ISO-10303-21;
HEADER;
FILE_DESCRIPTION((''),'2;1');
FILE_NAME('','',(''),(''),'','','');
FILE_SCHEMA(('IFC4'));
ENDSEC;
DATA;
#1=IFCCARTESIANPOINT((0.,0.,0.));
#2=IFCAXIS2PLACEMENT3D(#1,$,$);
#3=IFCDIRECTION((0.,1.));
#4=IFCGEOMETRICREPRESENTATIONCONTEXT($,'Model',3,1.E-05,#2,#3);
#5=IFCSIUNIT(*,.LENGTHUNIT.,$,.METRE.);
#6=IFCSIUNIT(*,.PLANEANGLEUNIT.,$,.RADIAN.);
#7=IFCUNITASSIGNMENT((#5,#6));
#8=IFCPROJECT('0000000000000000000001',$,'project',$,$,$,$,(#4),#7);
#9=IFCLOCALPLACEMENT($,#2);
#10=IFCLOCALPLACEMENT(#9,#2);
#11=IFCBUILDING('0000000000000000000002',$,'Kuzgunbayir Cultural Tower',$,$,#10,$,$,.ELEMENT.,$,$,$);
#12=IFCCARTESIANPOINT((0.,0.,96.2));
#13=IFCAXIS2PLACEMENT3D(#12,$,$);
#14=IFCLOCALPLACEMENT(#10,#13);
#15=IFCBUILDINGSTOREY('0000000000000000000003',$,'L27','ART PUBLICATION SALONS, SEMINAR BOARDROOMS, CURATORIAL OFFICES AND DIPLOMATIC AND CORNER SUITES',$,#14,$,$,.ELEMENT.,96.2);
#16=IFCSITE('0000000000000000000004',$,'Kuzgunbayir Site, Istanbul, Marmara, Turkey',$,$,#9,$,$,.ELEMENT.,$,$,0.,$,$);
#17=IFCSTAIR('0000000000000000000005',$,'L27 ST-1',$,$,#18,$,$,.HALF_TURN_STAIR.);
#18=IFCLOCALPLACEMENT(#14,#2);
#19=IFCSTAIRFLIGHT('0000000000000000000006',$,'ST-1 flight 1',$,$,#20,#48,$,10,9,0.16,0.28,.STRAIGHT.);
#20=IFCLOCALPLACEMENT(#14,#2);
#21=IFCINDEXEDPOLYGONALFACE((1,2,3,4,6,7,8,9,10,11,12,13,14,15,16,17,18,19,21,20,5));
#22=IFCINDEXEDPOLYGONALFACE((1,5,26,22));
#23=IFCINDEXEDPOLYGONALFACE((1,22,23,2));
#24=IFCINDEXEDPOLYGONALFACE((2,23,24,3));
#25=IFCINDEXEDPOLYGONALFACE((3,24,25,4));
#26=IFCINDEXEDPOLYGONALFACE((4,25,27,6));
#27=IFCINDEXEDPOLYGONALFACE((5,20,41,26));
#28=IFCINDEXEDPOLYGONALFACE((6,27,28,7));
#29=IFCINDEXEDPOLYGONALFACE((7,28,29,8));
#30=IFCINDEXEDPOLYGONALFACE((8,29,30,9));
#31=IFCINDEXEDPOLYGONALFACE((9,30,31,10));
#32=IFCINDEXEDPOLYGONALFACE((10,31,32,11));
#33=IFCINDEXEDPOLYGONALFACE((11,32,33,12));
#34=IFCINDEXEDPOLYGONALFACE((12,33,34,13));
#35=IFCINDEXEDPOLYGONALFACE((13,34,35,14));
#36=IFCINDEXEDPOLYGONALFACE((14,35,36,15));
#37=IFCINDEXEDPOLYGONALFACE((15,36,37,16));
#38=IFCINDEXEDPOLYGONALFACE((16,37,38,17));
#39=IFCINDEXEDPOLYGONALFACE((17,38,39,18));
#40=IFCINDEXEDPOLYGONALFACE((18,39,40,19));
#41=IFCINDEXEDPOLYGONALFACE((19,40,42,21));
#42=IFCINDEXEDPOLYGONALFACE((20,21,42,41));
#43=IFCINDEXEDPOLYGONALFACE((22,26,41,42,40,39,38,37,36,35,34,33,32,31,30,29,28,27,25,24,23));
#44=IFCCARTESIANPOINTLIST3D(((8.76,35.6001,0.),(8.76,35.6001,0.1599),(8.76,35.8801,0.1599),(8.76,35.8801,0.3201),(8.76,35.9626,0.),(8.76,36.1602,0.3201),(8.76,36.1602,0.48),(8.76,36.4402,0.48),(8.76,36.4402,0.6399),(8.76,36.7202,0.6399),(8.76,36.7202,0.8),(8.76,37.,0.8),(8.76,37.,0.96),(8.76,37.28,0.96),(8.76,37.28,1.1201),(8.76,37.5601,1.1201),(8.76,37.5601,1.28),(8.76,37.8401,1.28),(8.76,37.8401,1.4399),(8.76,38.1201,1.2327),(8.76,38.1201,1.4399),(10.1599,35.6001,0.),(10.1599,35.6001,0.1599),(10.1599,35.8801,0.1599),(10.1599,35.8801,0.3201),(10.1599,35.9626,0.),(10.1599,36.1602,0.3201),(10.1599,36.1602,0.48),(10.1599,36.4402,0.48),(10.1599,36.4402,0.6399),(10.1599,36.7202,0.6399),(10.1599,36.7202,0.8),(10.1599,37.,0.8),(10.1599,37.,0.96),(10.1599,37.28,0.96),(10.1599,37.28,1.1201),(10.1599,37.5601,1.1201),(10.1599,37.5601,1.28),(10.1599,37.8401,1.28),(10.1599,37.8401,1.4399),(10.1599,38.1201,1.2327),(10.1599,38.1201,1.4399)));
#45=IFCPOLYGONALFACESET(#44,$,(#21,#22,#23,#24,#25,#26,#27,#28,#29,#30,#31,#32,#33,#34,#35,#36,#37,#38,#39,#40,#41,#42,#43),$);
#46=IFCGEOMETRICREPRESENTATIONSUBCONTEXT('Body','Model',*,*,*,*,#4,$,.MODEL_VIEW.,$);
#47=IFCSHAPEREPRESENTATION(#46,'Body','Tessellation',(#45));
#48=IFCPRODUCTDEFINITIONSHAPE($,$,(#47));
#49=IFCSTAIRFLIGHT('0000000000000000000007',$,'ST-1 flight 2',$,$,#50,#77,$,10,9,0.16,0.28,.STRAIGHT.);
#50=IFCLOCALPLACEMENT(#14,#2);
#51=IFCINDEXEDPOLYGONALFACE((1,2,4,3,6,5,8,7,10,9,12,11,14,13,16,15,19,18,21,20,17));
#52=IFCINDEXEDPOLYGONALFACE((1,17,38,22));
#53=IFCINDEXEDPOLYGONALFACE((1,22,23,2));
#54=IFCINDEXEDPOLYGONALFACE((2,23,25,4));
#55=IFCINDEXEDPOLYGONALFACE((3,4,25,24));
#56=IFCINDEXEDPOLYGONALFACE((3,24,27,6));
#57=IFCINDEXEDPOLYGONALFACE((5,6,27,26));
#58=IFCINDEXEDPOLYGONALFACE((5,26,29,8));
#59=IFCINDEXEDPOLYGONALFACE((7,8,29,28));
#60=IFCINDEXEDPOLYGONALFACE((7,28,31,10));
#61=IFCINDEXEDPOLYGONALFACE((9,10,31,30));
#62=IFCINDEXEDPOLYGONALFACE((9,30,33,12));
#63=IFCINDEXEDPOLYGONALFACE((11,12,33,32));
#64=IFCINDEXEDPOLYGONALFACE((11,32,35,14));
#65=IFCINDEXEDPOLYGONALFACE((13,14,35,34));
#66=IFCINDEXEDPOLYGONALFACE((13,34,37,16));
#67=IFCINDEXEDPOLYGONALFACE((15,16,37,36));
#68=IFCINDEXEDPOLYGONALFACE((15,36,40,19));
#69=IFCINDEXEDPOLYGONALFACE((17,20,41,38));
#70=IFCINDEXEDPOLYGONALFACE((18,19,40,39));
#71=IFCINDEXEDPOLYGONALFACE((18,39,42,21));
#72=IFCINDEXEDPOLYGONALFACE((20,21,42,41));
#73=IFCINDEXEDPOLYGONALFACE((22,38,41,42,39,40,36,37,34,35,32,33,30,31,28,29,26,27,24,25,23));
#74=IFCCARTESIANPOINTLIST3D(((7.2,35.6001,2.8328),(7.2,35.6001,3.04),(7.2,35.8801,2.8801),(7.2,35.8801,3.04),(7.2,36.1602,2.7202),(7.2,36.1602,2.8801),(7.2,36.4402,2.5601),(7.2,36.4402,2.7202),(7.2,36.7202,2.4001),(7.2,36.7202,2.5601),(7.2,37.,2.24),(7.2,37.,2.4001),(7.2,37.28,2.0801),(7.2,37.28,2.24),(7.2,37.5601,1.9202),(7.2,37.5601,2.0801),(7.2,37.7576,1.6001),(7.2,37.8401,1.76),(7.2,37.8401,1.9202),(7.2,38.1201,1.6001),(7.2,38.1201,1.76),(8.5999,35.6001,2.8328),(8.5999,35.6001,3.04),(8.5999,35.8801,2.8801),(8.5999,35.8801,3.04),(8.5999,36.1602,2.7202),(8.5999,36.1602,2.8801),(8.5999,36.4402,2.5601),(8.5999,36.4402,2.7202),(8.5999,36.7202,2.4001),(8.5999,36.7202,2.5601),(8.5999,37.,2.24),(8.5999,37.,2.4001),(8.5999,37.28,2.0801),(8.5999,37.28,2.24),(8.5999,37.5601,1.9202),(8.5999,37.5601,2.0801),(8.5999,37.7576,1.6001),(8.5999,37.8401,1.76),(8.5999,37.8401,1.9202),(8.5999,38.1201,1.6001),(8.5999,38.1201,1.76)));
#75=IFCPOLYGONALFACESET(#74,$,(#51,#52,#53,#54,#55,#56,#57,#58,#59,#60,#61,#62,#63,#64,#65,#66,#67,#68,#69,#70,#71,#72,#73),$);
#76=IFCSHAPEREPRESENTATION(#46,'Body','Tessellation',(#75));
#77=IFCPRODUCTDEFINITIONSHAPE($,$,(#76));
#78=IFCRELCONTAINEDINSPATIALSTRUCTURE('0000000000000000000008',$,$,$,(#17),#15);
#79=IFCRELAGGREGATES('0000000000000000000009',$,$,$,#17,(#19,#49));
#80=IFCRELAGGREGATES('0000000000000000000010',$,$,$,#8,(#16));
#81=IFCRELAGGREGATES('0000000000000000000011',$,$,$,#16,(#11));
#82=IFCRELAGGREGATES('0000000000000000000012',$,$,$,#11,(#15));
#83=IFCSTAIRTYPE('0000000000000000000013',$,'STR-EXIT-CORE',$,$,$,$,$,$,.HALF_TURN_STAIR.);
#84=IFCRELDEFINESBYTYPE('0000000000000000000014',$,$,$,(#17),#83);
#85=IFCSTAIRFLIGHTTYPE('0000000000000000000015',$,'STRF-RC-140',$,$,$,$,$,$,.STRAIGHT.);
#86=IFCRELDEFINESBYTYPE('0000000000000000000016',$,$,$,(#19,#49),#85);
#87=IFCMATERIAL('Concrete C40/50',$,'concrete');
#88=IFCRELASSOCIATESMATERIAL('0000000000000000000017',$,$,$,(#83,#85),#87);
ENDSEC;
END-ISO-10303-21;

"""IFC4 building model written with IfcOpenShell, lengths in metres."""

from ifc_helpers import new_model, si_unit, direction, frame, origin, place, context, subcontext, project, spatial, polyline, outline, extrude, material, type_object, element, aggregate, save


model = new_model("IFC4")

# Units and contexts
model_context = context("Model", 3, precision=1e-05, world=origin(), true_north=direction((0.0, 1.0)))
body_context = subcontext(model_context, "Body", "Model", "MODEL_VIEW")
ifc_project = project(units=[si_unit("LENGTHUNIT", "METRE"), si_unit("PLANEANGLEUNIT", "RADIAN")], contexts=[model_context])

# Site, building, storey
site_placement = place(None, origin())
site = spatial("IfcSite", under=ifc_project, at=site_placement, Name="Kuzgunbayir Site, Istanbul, Marmara, Turkey", CompositionType="ELEMENT", RefElevation=0.0)
building_placement = place(site_placement, origin())
building = spatial("IfcBuilding", under=site, at=building_placement, Name="Kuzgunbayir Cultural Tower", CompositionType="ELEMENT")
storey_placement = place(building_placement, frame((0.0, 0.0, 96.2)))
storey = spatial("IfcBuildingStorey", under=building, at=storey_placement, Name="L27", Description="ART PUBLICATION SALONS, SEMINAR BOARDROOMS, CURATORIAL OFFICES AND DIPLOMATIC AND CORNER SUITES", CompositionType="ELEMENT", Elevation=96.2)

# Shared definitions
ifc_material_1 = material(Name="Concrete C40/50", Category="concrete")

# Stair, stair flights
stair_type = type_object("IfcStairType", Name="STR-EXIT-CORE", PredefinedType="HALF_TURN_STAIR", material=ifc_material_1)
stair_placement = place(storey_placement, origin())
stair = element("IfcStair", 1, at=stair_placement, inside=storey, type_object=stair_type, Name="L27 ST-1", PredefinedType="HALF_TURN_STAIR")
stair_flight_type = type_object("IfcStairFlightType", Name="STRF-RC-140", PredefinedType="STRAIGHT", material=ifc_material_1)
stair_flight_1_placement = place(storey_placement, frame((9.46, 35.6001, 0.0), z_axis=(0.0, 0.0, 1.0), x_axis=(0.0, 1.0, 0.0)))
stair_flight_1 = element("IfcStairFlight", 2, at=stair_flight_1_placement, type_object=stair_flight_type, Name="ST-1 flight 1", NumberOfRisers=10, NumberOfTreads=9, PredefinedType="STRAIGHT", RiserHeight=0.16, TreadLength=0.28, context=body_context, shape_type="SweptSolid", body=[
    extrude(outline(polyline([(0.0, 0.0), (0.0, 0.1599), (0.28, 0.1599), (0.28, 0.3201), (0.5601, 0.3201), (0.5601, 0.48), (0.8401, 0.48), (0.8401, 0.6399), (1.1201, 0.6399), (1.1201, 0.8), (1.3999, 0.8), (1.3999, 0.96), (1.6799, 0.96), (1.6799, 1.1201), (1.96, 1.1201), (1.96, 1.28), (2.24, 1.28), (2.24, 1.4399), (2.52, 1.4399), (2.52, 1.6001), (2.52, 1.2327), (0.3625, 0.0), (0.0, 0.0)])), frame((0.0, 0.7, 0.0), z_axis=(0.0, -1.0, 0.0), x_axis=(1.0, 0.0, 0.0)), (0.0, 0.0, 1.0), 1.3999),
])
stair_flight_2_placement = place(storey_placement, frame((7.8999, 38.1201, 1.6001), z_axis=(0.0, 0.0, 1.0), x_axis=(0.0, -1.0, 0.0)))
stair_flight_2 = element("IfcStairFlight", 3, at=stair_flight_2_placement, type_object=stair_flight_type, Name="ST-1 flight 2", NumberOfRisers=10, NumberOfTreads=9, PredefinedType="STRAIGHT", RiserHeight=0.16, TreadLength=0.28, context=body_context, shape_type="SweptSolid", body=[
    extrude(outline(polyline([(0.0, 0.0), (0.0, 0.1599), (0.28, 0.1599), (0.28, 0.3201), (0.5601, 0.3201), (0.5601, 0.48), (0.8401, 0.48), (0.8401, 0.6399), (1.1201, 0.6399), (1.1201, 0.8), (1.3999, 0.8), (1.3999, 0.96), (1.6799, 0.96), (1.6799, 1.1201), (1.96, 1.1201), (1.96, 1.28), (2.24, 1.28), (2.24, 1.4399), (2.52, 1.4399), (2.52, 1.6001), (2.52, 1.2327), (0.3625, 0.0), (0.0, 0.0)])), frame((0.0, 0.7, 0.0), z_axis=(0.0, -1.0, 0.0), x_axis=(1.0, 0.0, 0.0)), (0.0, 0.0, 1.0), 1.3999),
])
aggregate(stair, [stair_flight_1, stair_flight_2])

save(model, "model.ifc")
